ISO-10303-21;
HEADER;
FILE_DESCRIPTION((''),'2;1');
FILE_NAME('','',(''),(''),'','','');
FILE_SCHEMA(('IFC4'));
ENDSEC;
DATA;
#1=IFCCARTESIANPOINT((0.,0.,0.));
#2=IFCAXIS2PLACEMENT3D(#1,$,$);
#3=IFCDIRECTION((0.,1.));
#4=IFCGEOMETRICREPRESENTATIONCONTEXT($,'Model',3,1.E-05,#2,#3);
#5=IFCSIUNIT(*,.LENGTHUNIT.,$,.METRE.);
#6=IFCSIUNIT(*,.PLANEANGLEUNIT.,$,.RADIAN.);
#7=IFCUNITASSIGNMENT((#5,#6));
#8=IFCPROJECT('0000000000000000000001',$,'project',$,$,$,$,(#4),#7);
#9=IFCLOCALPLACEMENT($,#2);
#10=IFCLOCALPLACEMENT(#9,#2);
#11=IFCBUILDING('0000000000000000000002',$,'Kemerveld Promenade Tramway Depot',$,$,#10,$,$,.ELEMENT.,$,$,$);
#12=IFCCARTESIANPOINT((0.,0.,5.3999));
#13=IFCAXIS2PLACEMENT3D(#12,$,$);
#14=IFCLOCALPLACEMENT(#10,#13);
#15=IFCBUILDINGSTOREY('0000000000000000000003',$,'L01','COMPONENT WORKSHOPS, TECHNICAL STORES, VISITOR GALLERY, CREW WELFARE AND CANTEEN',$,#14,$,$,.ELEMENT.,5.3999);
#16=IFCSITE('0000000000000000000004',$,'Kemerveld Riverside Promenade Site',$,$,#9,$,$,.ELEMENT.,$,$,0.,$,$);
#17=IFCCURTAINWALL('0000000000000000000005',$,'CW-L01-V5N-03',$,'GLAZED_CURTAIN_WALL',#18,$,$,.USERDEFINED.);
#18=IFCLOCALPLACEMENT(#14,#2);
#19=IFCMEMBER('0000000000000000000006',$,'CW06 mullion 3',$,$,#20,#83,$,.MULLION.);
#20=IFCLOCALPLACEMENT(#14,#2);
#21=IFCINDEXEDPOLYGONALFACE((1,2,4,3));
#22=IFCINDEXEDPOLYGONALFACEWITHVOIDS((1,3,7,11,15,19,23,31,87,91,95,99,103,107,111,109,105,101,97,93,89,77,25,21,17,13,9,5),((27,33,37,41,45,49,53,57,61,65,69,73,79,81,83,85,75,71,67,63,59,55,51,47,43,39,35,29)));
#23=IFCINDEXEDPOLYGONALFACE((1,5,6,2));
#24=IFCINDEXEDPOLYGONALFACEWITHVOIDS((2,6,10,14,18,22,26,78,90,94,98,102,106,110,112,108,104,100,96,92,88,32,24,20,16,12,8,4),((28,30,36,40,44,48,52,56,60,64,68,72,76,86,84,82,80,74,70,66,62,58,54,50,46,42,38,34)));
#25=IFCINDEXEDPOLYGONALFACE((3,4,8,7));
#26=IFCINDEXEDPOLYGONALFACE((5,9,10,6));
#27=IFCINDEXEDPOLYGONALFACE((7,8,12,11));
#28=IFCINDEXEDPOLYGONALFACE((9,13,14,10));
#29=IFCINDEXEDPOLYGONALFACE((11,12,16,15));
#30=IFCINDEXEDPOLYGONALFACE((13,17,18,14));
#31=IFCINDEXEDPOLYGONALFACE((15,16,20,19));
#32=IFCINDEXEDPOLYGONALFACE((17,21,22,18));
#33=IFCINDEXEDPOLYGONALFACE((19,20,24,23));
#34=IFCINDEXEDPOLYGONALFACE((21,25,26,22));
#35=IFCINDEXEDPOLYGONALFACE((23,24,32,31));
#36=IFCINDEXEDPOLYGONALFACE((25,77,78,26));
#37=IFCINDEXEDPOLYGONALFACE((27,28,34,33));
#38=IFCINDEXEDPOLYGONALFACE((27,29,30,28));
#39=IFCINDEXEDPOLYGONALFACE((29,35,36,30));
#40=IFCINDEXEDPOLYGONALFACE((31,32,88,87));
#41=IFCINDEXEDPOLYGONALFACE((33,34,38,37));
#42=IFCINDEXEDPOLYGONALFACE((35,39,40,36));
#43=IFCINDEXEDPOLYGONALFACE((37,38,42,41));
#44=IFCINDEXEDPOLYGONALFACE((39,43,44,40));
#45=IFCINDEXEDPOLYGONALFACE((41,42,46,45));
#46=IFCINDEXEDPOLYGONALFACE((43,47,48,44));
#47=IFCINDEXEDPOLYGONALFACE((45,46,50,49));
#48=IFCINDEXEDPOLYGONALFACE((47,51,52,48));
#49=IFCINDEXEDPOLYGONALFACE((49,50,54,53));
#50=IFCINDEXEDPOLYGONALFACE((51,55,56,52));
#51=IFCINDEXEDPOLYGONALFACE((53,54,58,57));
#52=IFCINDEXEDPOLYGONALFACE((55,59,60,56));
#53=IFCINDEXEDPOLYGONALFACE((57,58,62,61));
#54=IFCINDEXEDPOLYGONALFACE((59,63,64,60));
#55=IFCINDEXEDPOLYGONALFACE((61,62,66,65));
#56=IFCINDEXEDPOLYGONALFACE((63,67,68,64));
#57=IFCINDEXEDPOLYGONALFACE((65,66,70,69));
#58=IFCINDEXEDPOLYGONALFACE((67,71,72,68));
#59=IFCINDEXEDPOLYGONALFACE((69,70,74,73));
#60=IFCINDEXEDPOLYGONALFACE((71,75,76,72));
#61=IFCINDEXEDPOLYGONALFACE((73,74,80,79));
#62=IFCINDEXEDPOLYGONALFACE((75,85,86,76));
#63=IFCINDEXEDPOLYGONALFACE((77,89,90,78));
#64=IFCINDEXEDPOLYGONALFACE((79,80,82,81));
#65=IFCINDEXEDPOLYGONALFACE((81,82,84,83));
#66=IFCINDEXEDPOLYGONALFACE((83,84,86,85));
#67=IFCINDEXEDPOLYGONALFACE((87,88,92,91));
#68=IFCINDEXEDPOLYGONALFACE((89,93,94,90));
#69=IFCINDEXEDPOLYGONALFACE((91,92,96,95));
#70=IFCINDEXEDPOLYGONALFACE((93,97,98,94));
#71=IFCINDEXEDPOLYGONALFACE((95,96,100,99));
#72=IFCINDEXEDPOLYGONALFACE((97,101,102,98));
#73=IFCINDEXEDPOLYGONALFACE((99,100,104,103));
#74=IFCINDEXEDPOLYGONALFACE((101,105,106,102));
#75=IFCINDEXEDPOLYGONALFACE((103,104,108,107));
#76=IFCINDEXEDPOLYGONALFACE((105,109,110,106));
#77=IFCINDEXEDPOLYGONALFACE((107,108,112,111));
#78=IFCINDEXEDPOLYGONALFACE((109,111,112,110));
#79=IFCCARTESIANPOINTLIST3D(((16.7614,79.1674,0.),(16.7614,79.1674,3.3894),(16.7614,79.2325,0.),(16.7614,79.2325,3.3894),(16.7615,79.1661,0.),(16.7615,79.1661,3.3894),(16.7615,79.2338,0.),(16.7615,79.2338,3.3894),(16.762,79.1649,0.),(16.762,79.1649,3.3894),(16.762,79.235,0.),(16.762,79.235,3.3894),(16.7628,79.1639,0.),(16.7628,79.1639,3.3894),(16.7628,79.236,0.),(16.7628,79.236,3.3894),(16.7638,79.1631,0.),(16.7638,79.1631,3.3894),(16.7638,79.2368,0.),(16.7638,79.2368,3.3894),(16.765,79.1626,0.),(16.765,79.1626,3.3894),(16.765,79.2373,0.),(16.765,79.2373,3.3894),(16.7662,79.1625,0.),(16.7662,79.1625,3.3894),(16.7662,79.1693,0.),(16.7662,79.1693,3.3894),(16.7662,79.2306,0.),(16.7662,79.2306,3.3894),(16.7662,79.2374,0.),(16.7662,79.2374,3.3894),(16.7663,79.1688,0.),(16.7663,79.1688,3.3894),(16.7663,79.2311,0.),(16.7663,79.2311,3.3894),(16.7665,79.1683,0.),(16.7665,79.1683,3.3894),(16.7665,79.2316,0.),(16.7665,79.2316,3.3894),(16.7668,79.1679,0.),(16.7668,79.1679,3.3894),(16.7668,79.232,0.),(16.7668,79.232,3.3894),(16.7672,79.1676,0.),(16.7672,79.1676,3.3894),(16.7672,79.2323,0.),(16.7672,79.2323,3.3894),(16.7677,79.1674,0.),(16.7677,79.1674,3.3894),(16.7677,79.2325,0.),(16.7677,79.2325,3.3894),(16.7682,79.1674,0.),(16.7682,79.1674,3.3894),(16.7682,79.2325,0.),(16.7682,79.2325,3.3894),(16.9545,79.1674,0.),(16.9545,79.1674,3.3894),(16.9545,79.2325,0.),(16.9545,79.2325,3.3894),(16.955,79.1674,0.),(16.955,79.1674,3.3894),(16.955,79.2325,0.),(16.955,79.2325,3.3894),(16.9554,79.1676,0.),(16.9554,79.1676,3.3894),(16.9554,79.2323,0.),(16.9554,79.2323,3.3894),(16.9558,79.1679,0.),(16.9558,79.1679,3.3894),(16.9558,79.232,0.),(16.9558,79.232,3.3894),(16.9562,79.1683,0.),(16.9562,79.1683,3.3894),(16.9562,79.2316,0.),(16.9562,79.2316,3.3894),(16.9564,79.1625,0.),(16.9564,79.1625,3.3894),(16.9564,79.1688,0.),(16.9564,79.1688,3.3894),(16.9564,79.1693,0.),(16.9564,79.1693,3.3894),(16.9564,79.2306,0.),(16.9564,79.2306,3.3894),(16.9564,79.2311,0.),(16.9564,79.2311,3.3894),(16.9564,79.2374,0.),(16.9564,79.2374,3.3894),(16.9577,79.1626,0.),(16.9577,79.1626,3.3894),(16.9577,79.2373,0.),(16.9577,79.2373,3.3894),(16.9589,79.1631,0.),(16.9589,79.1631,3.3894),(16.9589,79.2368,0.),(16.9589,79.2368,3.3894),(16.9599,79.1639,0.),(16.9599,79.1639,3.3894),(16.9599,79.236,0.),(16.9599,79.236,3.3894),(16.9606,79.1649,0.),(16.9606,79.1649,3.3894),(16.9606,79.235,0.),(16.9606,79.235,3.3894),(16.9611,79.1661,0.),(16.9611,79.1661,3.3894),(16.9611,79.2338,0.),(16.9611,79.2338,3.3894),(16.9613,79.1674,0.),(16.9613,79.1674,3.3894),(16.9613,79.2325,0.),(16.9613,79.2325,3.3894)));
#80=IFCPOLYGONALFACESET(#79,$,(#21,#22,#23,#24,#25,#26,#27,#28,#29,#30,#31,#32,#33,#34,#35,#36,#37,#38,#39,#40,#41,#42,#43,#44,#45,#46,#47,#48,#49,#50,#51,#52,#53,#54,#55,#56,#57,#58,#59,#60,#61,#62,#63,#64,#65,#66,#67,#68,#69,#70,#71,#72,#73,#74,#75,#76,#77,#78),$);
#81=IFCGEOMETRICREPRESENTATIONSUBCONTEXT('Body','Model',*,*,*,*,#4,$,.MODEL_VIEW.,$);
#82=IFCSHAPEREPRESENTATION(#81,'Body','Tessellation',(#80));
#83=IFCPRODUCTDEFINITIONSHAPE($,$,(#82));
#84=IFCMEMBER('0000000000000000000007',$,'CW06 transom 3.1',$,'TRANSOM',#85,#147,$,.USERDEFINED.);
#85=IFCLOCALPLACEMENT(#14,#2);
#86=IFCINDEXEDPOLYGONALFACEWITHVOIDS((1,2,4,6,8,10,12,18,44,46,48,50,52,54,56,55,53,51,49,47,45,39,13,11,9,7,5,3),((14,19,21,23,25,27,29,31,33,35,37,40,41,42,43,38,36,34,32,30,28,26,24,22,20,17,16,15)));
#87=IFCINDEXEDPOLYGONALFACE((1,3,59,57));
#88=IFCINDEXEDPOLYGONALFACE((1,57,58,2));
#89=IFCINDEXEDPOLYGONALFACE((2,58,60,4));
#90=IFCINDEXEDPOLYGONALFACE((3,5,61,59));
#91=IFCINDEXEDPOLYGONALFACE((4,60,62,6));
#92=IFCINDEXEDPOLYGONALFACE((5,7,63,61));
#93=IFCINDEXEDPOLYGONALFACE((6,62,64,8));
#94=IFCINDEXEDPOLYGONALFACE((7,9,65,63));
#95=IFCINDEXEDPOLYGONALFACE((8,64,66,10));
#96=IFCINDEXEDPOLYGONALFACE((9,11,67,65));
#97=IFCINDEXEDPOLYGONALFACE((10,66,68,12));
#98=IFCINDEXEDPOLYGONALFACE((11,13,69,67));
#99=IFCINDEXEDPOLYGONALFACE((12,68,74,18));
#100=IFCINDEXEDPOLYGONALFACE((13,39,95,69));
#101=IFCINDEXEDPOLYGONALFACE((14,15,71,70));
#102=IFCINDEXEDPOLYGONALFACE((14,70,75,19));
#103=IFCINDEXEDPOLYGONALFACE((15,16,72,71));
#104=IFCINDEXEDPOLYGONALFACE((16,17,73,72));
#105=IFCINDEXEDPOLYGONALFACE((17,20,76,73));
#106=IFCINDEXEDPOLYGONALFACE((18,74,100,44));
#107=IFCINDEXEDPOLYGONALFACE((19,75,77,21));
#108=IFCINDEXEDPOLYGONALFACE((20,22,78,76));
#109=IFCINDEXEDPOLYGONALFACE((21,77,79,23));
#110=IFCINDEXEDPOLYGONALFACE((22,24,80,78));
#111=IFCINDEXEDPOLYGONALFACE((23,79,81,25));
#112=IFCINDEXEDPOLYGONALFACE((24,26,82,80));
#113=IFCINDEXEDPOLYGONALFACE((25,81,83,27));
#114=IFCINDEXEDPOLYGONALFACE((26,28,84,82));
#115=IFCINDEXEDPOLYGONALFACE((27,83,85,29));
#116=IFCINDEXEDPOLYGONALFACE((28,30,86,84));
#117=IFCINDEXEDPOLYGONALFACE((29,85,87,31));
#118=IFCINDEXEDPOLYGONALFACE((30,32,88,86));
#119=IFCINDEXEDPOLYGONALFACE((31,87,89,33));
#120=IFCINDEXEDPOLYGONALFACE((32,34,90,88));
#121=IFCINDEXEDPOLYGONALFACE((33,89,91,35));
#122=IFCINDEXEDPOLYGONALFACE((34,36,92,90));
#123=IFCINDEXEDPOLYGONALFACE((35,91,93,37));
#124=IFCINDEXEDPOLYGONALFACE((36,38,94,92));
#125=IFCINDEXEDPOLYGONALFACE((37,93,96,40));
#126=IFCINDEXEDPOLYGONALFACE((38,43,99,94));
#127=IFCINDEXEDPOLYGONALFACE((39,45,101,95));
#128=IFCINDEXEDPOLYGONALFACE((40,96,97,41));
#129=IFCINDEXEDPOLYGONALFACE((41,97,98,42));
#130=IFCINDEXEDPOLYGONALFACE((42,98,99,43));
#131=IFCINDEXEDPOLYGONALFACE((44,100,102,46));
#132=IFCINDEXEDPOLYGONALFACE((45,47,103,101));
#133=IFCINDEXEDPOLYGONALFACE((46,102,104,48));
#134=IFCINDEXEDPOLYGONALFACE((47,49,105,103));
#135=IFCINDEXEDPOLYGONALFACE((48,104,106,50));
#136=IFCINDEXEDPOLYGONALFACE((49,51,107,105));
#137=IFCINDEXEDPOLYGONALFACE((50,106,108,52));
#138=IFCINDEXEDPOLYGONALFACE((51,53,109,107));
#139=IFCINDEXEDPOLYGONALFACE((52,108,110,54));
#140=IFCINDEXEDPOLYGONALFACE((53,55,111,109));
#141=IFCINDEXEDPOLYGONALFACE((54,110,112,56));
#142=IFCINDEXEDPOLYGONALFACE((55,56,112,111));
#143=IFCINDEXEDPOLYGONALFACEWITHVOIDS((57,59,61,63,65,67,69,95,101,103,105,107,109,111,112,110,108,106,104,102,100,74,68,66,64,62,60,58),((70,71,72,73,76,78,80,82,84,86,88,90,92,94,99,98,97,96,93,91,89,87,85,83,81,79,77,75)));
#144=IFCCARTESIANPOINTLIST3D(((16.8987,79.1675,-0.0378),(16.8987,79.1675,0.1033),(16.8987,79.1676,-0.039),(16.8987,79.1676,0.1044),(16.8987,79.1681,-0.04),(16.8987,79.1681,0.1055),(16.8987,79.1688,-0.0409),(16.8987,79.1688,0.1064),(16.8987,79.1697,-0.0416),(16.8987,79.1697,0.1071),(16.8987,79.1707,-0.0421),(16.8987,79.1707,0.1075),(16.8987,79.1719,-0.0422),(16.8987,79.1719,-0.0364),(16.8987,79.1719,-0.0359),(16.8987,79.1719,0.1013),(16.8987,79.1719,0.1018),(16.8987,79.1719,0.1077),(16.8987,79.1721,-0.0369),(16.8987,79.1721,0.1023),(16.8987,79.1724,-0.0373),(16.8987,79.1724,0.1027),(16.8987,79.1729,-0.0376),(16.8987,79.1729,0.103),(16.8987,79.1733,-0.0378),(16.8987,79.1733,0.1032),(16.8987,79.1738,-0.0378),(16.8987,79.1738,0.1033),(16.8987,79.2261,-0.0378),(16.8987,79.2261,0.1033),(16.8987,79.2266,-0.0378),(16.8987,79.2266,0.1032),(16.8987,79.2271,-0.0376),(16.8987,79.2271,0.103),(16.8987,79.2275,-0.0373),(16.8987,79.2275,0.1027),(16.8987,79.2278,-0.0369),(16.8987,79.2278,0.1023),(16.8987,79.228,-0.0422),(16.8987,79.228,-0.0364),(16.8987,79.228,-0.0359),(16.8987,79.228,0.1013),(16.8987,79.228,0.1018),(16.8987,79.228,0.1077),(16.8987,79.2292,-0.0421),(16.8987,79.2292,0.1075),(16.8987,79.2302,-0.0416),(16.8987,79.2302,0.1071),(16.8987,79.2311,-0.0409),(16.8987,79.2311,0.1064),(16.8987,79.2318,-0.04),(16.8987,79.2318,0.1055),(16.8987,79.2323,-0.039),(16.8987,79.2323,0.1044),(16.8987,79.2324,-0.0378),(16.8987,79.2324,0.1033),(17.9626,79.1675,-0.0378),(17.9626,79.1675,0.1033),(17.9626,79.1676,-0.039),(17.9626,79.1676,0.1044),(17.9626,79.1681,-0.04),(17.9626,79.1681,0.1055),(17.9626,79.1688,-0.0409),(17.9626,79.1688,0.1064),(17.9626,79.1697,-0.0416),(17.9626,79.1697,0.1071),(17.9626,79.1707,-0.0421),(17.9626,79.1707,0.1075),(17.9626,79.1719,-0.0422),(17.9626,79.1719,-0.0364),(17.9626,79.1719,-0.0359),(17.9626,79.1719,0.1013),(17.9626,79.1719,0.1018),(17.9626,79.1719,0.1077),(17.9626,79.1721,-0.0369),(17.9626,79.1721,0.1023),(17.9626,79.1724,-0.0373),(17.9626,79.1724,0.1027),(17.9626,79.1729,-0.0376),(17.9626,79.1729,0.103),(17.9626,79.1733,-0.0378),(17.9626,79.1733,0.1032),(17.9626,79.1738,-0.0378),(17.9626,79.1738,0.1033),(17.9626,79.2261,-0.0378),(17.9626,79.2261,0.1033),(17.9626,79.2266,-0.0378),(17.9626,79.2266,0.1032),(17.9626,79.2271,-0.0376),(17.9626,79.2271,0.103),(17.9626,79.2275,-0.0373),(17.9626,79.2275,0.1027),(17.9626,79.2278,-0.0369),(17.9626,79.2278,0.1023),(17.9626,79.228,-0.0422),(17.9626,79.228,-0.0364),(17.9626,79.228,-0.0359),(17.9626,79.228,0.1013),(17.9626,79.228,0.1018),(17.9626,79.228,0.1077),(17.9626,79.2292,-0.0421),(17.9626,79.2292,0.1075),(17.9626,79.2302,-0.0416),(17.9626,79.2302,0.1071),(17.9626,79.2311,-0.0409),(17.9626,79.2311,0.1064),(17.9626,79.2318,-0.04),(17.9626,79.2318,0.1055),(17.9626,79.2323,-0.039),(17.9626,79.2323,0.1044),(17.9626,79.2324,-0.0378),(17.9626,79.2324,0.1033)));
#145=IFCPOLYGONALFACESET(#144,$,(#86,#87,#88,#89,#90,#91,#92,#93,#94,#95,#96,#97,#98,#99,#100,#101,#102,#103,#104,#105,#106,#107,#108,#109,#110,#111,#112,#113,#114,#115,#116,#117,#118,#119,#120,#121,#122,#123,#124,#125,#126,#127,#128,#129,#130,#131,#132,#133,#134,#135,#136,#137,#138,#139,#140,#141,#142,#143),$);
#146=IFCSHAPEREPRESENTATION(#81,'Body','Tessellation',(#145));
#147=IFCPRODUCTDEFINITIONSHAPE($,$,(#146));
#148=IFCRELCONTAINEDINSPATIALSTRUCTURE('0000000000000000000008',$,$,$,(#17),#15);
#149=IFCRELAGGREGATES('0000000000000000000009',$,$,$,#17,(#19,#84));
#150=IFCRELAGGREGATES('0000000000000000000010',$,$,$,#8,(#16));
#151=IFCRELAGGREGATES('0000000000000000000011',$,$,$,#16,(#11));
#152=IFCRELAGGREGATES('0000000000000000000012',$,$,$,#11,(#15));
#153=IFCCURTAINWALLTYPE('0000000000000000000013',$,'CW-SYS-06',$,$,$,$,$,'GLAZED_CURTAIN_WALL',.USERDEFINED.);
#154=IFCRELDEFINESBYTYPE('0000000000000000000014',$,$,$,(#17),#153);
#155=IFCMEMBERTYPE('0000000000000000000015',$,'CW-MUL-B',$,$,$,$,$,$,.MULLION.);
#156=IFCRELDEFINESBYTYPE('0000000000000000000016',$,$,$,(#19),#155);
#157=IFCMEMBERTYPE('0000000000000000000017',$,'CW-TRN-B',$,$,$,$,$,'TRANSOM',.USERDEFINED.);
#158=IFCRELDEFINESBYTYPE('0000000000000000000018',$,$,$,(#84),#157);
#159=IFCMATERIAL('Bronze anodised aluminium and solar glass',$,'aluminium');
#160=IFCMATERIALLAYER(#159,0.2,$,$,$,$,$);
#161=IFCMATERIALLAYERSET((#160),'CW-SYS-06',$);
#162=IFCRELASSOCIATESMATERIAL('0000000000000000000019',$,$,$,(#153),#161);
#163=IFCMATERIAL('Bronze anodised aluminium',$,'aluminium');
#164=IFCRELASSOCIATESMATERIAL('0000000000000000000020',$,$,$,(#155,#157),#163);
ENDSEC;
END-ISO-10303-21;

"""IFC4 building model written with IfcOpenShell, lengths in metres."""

from ifc_helpers import new_model, si_unit, direction, frame, origin, origin_2d, place, context, subcontext, project, spatial, hollow_rectangle, extrude, material, layer, layer_set, material_profile, profile_set, type_object, element, aggregate, save


model = new_model("IFC4")

# Units and contexts
model_context = context("Model", 3, precision=1e-05, world=origin(), true_north=direction((0.0, 1.0)))
body_context = subcontext(model_context, "Body", "Model", "MODEL_VIEW")
ifc_project = project(units=[si_unit("LENGTHUNIT", "METRE"), si_unit("PLANEANGLEUNIT", "RADIAN")], contexts=[model_context])

# Site, building, storey
site_placement = place(None, origin())
site = spatial("IfcSite", under=ifc_project, at=site_placement, Name="Kemerveld Riverside Promenade Site", CompositionType="ELEMENT", RefElevation=0.0)
building_placement = place(site_placement, origin())
building = spatial("IfcBuilding", under=site, at=building_placement, Name="Kemerveld Promenade Tramway Depot", CompositionType="ELEMENT")
storey_placement = place(building_placement, frame((0.0, 0.0, 5.3999)))
storey = spatial("IfcBuildingStorey", under=building, at=storey_placement, Name="L01", Description="COMPONENT WORKSHOPS, TECHNICAL STORES, VISITOR GALLERY, CREW WELFARE AND CANTEEN", CompositionType="ELEMENT", Elevation=5.3999)

# Curtain wall, members
ifc_material_1 = material(Name="Bronze anodised aluminium and solar glass", Category="aluminium")
ifc_layer_1 = layer(ifc_material_1, 0.2)
ifc_layer_set_1 = layer_set([ifc_layer_1], Name="CW-SYS-06")
curtain_wall_type = type_object("IfcCurtainWallType", Name="CW-SYS-06", ElementType="GLAZED_CURTAIN_WALL", PredefinedType="USERDEFINED", material=ifc_layer_set_1)
curtain_wall_placement = place(storey_placement, origin())
curtain_wall = element("IfcCurtainWall", 1, at=curtain_wall_placement, inside=storey, type_object=curtain_wall_type, Name="CW-L01-V5N-03", ObjectType="GLAZED_CURTAIN_WALL", PredefinedType="USERDEFINED")
ifc_material_2 = material(Name="Bronze anodised aluminium", Category="aluminium")
ifc_material_profile_1 = material_profile(ifc_material_2, hollow_rectangle(XDim=0.075, YDim=0.2, WallThickness=0.0049, InnerFilletRadius=0.002, OuterFilletRadius=0.0049, at=origin_2d()), Name="CW-MUL-200x75")
ifc_profile_set_1 = profile_set([ifc_material_profile_1], Name="Bronze anodised aluminium")
member_type_1 = type_object("IfcMemberType", Name="CW-MUL-B", PredefinedType="MULLION", material=ifc_profile_set_1)
member_1_placement = place(storey_placement, frame((16.8613, 79.2, 0.0), z_axis=(0.0, 0.0, 1.0), x_axis=(0.0, 1.0, 0.0)))
member_1 = element("IfcMember", 2, at=member_1_placement, type_object=member_type_1, Name="CW06 mullion 3", PredefinedType="MULLION", context=body_context, shape_type="SweptSolid", body=[
    extrude(hollow_rectangle(XDim=0.075, YDim=0.2, WallThickness=0.0049, InnerFilletRadius=0.002, OuterFilletRadius=0.0049, at=origin_2d()), origin(), (0.0, 0.0, 1.0), 3.3894),
])
ifc_material_profile_2 = material_profile(ifc_material_2, hollow_rectangle(XDim=0.0649, YDim=0.1499, WallThickness=0.0044, InnerFilletRadius=0.002, OuterFilletRadius=0.0044, at=origin_2d()), Name="CW-TRN-150x65")
ifc_profile_set_2 = profile_set([ifc_material_profile_2], Name="Bronze anodised aluminium")
member_type_2 = type_object("IfcMemberType", Name="CW-TRN-B", ElementType="TRANSOM", PredefinedType="USERDEFINED", material=ifc_profile_set_2)
member_2_placement = place(storey_placement, frame((16.8987, 79.2, 0.0327), z_axis=(1.0, 0.0, 0.0), x_axis=(0.0, 1.0, 0.0)))
member_2 = element("IfcMember", 3, at=member_2_placement, type_object=member_type_2, Name="CW06 transom 3.1", ObjectType="TRANSOM", PredefinedType="USERDEFINED", context=body_context, shape_type="SweptSolid", body=[
    extrude(hollow_rectangle(XDim=0.0649, YDim=0.1499, WallThickness=0.0044, InnerFilletRadius=0.002, OuterFilletRadius=0.0044, at=origin_2d()), origin(), (0.0, 0.0, 1.0), 1.064),
])
aggregate(curtain_wall, [member_1, member_2])

save(model, "model.ifc")
